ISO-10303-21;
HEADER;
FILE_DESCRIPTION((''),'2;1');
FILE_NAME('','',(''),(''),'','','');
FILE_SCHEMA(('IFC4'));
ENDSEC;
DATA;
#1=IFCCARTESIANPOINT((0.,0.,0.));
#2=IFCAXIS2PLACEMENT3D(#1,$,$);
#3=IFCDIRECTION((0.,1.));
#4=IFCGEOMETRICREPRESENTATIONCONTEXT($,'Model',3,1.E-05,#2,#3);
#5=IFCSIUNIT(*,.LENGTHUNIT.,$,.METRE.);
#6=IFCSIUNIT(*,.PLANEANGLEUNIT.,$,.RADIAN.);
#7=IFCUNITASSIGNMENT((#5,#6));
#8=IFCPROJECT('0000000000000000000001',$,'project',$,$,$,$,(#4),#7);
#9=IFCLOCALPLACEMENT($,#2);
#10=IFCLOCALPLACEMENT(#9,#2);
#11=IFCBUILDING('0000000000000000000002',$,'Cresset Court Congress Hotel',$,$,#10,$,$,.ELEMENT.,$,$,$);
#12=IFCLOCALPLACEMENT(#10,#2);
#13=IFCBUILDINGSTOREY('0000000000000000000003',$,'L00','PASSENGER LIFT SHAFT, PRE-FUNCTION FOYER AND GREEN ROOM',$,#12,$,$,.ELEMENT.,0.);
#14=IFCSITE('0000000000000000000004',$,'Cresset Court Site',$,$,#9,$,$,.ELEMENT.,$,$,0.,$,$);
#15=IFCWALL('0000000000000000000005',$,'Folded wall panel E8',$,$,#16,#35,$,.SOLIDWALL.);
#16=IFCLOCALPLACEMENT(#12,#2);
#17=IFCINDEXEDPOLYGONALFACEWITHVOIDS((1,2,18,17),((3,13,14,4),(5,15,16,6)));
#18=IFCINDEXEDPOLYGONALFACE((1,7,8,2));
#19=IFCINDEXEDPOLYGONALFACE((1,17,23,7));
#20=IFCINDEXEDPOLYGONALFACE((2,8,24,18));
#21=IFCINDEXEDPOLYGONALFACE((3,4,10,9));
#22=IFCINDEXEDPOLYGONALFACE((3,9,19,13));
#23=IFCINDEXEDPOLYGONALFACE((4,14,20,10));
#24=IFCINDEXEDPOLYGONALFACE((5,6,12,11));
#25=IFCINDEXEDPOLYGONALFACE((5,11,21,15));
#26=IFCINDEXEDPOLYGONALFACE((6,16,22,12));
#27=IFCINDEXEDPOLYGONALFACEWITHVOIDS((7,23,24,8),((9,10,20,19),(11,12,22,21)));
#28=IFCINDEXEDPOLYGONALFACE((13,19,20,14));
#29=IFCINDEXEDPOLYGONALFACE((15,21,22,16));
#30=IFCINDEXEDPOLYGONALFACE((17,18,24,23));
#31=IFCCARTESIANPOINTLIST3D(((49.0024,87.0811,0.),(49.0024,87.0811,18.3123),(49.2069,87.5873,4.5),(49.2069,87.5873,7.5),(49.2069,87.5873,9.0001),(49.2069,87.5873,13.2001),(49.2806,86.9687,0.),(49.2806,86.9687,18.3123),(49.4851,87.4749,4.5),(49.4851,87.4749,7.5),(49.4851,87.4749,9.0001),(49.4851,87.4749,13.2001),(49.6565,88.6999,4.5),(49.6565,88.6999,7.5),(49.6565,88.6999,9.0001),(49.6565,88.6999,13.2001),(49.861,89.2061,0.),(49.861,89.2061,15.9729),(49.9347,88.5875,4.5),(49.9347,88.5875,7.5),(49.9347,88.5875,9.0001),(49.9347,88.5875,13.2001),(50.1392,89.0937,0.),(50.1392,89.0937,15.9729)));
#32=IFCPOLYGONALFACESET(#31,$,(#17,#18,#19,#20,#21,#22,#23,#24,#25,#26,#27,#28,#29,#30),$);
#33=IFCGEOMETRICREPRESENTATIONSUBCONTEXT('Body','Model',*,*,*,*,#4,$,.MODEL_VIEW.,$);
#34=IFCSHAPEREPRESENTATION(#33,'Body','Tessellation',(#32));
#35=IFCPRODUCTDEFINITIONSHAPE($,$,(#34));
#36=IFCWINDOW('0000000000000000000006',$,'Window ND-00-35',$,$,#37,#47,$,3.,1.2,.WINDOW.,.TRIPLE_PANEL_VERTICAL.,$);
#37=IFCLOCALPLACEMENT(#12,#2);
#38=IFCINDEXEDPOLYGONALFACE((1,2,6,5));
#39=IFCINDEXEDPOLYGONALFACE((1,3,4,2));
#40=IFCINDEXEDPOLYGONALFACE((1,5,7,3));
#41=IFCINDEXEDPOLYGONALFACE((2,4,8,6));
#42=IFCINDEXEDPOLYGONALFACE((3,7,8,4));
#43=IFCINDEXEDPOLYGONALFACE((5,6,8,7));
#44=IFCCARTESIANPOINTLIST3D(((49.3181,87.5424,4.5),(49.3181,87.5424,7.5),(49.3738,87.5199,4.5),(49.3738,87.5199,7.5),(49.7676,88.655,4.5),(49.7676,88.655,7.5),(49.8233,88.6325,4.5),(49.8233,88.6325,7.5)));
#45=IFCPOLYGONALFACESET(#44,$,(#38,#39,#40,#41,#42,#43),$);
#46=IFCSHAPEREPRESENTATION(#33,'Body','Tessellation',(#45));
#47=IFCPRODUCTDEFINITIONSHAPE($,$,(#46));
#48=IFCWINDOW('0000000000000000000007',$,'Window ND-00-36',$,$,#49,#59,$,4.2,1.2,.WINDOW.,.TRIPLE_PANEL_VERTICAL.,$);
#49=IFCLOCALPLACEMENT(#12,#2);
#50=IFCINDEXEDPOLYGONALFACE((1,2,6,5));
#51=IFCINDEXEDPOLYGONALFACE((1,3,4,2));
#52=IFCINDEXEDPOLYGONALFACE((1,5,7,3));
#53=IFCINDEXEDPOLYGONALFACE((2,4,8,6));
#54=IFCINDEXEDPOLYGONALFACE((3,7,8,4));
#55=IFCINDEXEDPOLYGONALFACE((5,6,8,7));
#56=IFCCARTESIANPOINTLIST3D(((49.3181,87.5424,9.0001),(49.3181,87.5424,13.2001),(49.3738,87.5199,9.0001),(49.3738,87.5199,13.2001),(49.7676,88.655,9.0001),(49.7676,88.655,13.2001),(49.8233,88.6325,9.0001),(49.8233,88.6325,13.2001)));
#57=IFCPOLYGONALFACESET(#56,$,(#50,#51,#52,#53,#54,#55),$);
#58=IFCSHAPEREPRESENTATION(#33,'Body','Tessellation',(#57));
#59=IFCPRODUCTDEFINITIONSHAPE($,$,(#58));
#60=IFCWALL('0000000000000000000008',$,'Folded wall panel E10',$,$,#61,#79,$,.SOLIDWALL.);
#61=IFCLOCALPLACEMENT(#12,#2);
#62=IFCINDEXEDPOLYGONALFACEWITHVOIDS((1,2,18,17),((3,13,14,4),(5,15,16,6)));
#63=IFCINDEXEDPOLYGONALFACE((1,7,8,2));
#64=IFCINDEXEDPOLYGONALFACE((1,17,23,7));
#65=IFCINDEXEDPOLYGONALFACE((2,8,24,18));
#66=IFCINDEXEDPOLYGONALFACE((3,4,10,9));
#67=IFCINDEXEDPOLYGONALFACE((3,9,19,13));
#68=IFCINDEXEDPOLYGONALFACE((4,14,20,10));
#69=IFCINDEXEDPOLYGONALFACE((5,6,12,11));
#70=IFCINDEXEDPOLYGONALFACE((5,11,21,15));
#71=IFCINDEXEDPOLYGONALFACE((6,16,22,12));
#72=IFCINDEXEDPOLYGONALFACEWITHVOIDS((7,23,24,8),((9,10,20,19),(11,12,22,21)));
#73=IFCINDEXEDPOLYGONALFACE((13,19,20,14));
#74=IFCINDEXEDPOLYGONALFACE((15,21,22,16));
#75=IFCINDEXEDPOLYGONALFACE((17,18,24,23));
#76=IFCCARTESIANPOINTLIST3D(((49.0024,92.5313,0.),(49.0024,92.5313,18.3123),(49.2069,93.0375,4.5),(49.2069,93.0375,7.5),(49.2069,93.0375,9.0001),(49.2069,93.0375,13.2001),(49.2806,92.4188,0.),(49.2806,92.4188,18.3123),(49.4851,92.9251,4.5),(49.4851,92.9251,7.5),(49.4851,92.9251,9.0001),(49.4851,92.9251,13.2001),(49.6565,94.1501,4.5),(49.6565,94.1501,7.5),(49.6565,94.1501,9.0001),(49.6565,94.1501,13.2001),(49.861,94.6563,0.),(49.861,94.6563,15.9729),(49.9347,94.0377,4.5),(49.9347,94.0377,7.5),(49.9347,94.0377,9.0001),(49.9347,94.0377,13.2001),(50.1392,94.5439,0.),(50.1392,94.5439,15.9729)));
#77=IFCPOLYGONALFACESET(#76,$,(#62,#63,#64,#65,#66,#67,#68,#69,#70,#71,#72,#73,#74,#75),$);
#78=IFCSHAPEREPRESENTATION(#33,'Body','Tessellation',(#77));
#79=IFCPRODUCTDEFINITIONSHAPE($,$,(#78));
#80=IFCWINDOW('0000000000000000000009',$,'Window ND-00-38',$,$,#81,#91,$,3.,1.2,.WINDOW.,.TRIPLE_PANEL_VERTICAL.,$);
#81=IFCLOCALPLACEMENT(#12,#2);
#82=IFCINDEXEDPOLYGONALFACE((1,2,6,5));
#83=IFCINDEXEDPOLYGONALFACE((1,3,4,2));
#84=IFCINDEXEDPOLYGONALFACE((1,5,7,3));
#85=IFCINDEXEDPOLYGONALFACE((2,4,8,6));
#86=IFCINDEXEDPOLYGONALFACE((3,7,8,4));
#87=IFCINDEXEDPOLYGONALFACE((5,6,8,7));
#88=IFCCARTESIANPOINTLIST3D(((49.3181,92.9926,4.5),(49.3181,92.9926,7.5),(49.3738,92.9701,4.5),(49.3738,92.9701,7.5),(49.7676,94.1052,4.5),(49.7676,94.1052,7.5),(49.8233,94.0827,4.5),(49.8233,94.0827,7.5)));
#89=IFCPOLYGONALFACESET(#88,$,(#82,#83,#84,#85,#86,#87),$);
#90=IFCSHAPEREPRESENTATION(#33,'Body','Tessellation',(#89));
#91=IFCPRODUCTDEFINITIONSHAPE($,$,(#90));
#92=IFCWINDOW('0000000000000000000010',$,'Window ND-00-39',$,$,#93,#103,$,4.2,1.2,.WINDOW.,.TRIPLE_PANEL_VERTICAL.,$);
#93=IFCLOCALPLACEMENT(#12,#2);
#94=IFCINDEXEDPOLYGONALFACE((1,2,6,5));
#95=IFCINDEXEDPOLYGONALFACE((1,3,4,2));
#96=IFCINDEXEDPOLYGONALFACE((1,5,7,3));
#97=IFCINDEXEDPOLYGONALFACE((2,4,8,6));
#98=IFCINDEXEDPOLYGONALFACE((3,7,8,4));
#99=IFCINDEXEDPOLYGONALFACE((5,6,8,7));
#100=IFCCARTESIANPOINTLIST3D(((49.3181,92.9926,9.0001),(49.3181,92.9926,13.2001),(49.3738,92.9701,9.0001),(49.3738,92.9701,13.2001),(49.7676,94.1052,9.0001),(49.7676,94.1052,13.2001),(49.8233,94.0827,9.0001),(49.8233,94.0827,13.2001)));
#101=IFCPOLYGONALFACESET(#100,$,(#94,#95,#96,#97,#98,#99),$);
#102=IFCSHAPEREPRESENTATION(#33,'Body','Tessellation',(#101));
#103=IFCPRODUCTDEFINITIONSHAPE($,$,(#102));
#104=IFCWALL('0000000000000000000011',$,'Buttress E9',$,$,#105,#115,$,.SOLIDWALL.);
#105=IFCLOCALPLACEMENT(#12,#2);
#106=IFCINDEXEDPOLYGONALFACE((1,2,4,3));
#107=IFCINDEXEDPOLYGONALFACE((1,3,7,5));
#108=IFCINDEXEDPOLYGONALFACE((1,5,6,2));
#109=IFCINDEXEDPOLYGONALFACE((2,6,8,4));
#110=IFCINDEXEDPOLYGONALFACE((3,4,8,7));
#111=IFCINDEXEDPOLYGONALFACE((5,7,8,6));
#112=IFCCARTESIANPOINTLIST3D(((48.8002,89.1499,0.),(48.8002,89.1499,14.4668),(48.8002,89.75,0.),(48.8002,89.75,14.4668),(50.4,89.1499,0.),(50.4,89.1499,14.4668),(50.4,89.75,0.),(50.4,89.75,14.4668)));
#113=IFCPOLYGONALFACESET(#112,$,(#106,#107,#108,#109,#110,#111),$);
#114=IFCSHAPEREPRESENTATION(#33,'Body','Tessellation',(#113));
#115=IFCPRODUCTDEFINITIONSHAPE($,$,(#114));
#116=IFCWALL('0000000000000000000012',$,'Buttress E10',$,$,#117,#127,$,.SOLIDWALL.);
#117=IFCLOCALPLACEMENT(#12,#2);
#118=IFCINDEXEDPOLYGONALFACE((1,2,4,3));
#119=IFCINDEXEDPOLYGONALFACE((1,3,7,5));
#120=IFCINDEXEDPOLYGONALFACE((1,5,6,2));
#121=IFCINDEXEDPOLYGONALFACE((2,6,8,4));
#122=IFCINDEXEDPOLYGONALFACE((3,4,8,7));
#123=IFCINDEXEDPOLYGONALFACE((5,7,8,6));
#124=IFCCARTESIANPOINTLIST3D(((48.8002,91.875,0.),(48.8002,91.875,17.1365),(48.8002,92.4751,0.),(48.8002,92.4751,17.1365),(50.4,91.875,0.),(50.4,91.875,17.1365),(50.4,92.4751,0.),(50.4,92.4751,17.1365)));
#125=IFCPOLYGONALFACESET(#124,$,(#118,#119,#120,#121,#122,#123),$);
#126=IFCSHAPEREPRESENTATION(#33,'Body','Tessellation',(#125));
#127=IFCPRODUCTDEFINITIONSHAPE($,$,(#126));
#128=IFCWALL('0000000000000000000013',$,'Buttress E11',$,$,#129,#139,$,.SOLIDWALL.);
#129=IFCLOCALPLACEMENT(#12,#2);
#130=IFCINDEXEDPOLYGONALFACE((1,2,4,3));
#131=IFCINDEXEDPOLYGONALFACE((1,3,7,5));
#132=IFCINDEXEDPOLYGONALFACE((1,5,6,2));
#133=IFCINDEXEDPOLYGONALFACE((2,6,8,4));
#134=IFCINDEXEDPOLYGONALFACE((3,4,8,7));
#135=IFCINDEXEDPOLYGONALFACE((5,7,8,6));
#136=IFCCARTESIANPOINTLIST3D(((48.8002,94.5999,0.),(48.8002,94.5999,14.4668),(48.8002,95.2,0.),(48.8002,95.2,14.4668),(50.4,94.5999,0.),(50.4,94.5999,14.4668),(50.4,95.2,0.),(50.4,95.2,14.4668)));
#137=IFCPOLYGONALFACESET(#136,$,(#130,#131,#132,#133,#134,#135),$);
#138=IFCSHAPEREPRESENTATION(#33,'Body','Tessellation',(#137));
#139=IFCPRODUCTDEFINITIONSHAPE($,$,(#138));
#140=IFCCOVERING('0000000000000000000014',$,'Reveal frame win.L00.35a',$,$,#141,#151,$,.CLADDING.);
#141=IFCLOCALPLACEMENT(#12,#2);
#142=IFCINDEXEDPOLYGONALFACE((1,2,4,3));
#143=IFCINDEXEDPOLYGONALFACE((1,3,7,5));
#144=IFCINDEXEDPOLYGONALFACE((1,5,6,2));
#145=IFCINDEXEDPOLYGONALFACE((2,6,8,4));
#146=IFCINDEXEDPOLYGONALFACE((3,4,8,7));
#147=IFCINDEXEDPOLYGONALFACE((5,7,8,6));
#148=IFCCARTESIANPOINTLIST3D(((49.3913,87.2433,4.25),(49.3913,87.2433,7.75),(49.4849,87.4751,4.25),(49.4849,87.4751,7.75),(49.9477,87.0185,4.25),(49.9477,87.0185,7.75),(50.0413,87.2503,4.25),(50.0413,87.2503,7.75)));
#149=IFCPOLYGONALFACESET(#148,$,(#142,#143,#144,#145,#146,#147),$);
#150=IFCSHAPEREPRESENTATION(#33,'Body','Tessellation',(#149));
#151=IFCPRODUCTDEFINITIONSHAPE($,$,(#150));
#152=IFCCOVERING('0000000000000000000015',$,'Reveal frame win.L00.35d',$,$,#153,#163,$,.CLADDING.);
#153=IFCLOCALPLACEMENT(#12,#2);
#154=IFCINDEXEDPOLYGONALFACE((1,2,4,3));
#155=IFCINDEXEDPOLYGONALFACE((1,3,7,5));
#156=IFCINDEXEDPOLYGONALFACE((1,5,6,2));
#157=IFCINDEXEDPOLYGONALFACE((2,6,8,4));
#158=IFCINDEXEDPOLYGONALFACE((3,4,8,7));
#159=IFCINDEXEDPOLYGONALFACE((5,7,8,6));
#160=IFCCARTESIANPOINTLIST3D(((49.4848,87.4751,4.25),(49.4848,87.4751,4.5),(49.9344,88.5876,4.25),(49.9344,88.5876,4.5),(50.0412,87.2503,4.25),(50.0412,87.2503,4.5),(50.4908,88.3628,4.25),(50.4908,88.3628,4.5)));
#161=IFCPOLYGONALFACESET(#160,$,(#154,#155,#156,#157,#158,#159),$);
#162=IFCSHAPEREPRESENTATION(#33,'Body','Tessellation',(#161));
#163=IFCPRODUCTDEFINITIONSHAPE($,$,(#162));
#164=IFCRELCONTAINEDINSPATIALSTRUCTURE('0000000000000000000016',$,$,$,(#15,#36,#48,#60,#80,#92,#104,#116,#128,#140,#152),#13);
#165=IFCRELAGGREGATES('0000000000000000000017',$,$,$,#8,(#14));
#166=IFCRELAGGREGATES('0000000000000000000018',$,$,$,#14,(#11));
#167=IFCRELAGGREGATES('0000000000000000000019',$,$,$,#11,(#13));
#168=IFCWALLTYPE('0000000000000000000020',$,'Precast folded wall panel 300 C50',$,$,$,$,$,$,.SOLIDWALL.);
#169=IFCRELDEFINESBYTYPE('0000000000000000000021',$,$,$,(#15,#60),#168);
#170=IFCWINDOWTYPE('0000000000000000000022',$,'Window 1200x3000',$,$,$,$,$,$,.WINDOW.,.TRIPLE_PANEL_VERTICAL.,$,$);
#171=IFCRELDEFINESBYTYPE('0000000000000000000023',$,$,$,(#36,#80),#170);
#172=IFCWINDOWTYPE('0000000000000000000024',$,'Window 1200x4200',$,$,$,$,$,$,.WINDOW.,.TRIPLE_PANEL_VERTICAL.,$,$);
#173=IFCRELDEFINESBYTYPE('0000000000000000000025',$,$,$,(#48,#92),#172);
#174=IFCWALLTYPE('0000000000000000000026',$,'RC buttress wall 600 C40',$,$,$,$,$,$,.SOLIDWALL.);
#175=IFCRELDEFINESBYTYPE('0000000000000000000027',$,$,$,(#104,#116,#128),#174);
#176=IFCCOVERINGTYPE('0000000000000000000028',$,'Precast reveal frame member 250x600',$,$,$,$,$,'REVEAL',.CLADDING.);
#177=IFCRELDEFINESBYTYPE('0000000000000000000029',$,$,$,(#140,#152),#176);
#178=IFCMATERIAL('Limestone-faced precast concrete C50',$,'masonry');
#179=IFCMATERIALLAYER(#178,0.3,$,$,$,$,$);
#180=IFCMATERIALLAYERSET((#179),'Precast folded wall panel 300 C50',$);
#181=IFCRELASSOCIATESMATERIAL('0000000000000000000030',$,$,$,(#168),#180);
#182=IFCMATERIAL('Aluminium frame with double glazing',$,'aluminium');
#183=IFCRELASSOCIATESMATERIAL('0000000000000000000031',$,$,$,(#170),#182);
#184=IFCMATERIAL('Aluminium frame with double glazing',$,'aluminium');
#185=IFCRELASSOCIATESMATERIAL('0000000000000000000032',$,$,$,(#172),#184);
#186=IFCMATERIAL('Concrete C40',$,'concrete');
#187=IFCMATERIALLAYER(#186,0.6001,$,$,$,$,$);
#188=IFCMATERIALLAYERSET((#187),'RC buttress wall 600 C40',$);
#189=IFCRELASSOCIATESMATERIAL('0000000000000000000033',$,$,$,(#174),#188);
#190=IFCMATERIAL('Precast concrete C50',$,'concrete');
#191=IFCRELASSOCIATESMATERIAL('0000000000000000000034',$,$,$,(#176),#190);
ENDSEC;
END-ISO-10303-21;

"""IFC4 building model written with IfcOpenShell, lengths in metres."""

from ifc_helpers import new_model, si_unit, direction, frame, frame_2d, origin, origin_2d, place, context, subcontext, project, spatial, polyline, rectangle, outline, extrude, material, layer, layer_set, type_object, element, fill, save


model = new_model("IFC4")

# Units and contexts
model_context = context("Model", 3, precision=1e-05, world=origin(), true_north=direction((0.0, 1.0)))
body_context = subcontext(model_context, "Body", "Model", "MODEL_VIEW")
ifc_project = project(units=[si_unit("LENGTHUNIT", "METRE"), si_unit("PLANEANGLEUNIT", "RADIAN")], contexts=[model_context])

# Site, building, storey
site_placement = place(None, origin())
site = spatial("IfcSite", under=ifc_project, at=site_placement, Name="Cresset Court Site", CompositionType="ELEMENT", RefElevation=0.0)
building_placement = place(site_placement, origin())
building = spatial("IfcBuilding", under=site, at=building_placement, Name="Cresset Court Congress Hotel", CompositionType="ELEMENT")
storey_placement = place(building_placement, origin())
storey = spatial("IfcBuildingStorey", under=building, at=storey_placement, Name="L00", Description="PASSENGER LIFT SHAFT, PRE-FUNCTION FOYER AND GREEN ROOM", CompositionType="ELEMENT", Elevation=0.0)

# Wall, openings, windows
ifc_material_1 = material(Name="Limestone-faced precast concrete C50", Category="masonry")
ifc_layer_1 = layer(ifc_material_1, 0.3)
ifc_layer_set_1 = layer_set([ifc_layer_1], Name="Precast folded wall panel 300 C50")
wall_type_1 = type_object("IfcWallType", Name="Precast folded wall panel 300 C50", PredefinedType="SOLIDWALL", material=ifc_layer_set_1)
wall_1_placement = place(storey_placement, frame((49.1414, 87.0249, 0.0), z_axis=(0.0, 0.0, 1.0), x_axis=(0.374639, 0.927171, 0.0)))
wall_1 = element("IfcWall", 1, at=wall_1_placement, inside=storey, type_object=wall_type_1, Name="Folded wall panel E8", PredefinedType="SOLIDWALL", context=body_context, shape_type="SweptSolid", body=[
    extrude(outline(polyline([(0.0, 0.0), (2.292, 0.0), (2.292, 15.9729), (0.0, 18.3123), (0.0, 0.0)])), frame((0.0, 0.1499, 0.0), z_axis=(0.0, -1.0, 0.0), x_axis=(1.0, 0.0, 0.0)), (0.0, 0.0, 1.0), 0.3),
])
opening_1_placement = place(wall_1_placement, frame((0.5459, 0.0, 4.5)))
opening_1 = element("IfcOpeningElement", 2, at=opening_1_placement, cuts=wall_1, PredefinedType="OPENING", context=body_context, shape_type="SweptSolid", body=[
    extrude(rectangle(XDim=1.2, YDim=3.0, at=frame_2d((0.6001, 1.5))), frame((0.0, 0.1599, 0.0), z_axis=(0.0, -1.0, 0.0), x_axis=(1.0, 0.0, 0.0)), (0.0, 0.0, 1.0), 0.3201),
])
opening_2_placement = place(wall_1_placement, frame((0.5459, 0.0, 9.0)))
opening_2 = element("IfcOpeningElement", 3, at=opening_2_placement, cuts=wall_1, PredefinedType="OPENING", context=body_context, shape_type="SweptSolid", body=[
    extrude(rectangle(XDim=1.2, YDim=4.2, at=frame_2d((0.6001, 2.1001))), frame((0.0, 0.1599, 0.0), z_axis=(0.0, -1.0, 0.0), x_axis=(1.0, 0.0, 0.0)), (0.0, 0.0, 1.0), 0.3201),
])
ifc_material_2 = material(Name="Aluminium frame with double glazing", Category="aluminium")
window_type_1 = type_object("IfcWindowType", Name="Window 1200x3000", PartitioningType="TRIPLE_PANEL_VERTICAL", PredefinedType="WINDOW", material=ifc_material_2)
window_1_placement = place(opening_1_placement, origin())
window_1 = element("IfcWindow", 4, at=window_1_placement, inside=storey, type_object=window_type_1, Name="Window ND-00-35", OverallHeight=3.0, OverallWidth=1.2, PartitioningType="TRIPLE_PANEL_VERTICAL", PredefinedType="WINDOW", context=body_context, shape_type="SweptSolid", body=[
    extrude(rectangle(XDim=1.2, YDim=3.0, at=frame_2d((0.6001, 1.5))), frame((0.0, 0.03, 0.0), z_axis=(0.0, -1.0, 0.0), x_axis=(1.0, 0.0, 0.0)), (0.0, 0.0, 1.0), 0.0601),
])
fill(opening_1, window_1)
ifc_material_3 = material(Name="Aluminium frame with double glazing", Category="aluminium")
window_type_2 = type_object("IfcWindowType", Name="Window 1200x4200", PartitioningType="TRIPLE_PANEL_VERTICAL", PredefinedType="WINDOW", material=ifc_material_3)
window_2_placement = place(opening_2_placement, origin())
window_2 = element("IfcWindow", 5, at=window_2_placement, inside=storey, type_object=window_type_2, Name="Window ND-00-36", OverallHeight=4.2, OverallWidth=1.2, PartitioningType="TRIPLE_PANEL_VERTICAL", PredefinedType="WINDOW", context=body_context, shape_type="SweptSolid", body=[
    extrude(rectangle(XDim=1.2, YDim=4.2, at=frame_2d((0.6001, 2.1001))), frame((0.0, 0.03, 0.0), z_axis=(0.0, -1.0, 0.0), x_axis=(1.0, 0.0, 0.0)), (0.0, 0.0, 1.0), 0.0601),
])
fill(opening_2, window_2)

# Wall, openings, windows
wall_2_placement = place(storey_placement, frame((49.1414, 92.4751, 0.0), z_axis=(0.0, 0.0, 1.0), x_axis=(0.374639, 0.927171, 0.0)))
wall_2 = element("IfcWall", 6, at=wall_2_placement, inside=storey, type_object=wall_type_1, Name="Folded wall panel E10", PredefinedType="SOLIDWALL", context=body_context, shape_type="SweptSolid", body=[
    extrude(outline(polyline([(0.0, 0.0), (2.292, 0.0), (2.292, 15.9729), (0.0, 18.3123), (0.0, 0.0)])), frame((0.0, 0.1499, 0.0), z_axis=(0.0, -1.0, 0.0), x_axis=(1.0, 0.0, 0.0)), (0.0, 0.0, 1.0), 0.3),
])
opening_3_placement = place(wall_2_placement, frame((0.5459, 0.0, 4.5)))
opening_3 = element("IfcOpeningElement", 7, at=opening_3_placement, cuts=wall_2, PredefinedType="OPENING", context=body_context, shape_type="SweptSolid", body=[
    extrude(rectangle(XDim=1.2, YDim=3.0, at=frame_2d((0.6001, 1.5))), frame((0.0, 0.1599, 0.0), z_axis=(0.0, -1.0, 0.0), x_axis=(1.0, 0.0, 0.0)), (0.0, 0.0, 1.0), 0.3201),
])
opening_4_placement = place(wall_2_placement, frame((0.5459, 0.0, 9.0)))
opening_4 = element("IfcOpeningElement", 8, at=opening_4_placement, cuts=wall_2, PredefinedType="OPENING", context=body_context, shape_type="SweptSolid", body=[
    extrude(rectangle(XDim=1.2, YDim=4.2, at=frame_2d((0.6001, 2.1001))), frame((0.0, 0.1599, 0.0), z_axis=(0.0, -1.0, 0.0), x_axis=(1.0, 0.0, 0.0)), (0.0, 0.0, 1.0), 0.3201),
])
window_3_placement = place(opening_3_placement, origin())
window_3 = element("IfcWindow", 9, at=window_3_placement, inside=storey, type_object=window_type_1, Name="Window ND-00-38", OverallHeight=3.0, OverallWidth=1.2, PartitioningType="TRIPLE_PANEL_VERTICAL", PredefinedType="WINDOW", context=body_context, shape_type="SweptSolid", body=[
    extrude(rectangle(XDim=1.2, YDim=3.0, at=frame_2d((0.6001, 1.5))), frame((0.0, 0.03, 0.0), z_axis=(0.0, -1.0, 0.0), x_axis=(1.0, 0.0, 0.0)), (0.0, 0.0, 1.0), 0.0601),
])
fill(opening_3, window_3)
window_4_placement = place(opening_4_placement, origin())
window_4 = element("IfcWindow", 10, at=window_4_placement, inside=storey, type_object=window_type_2, Name="Window ND-00-39", OverallHeight=4.2, OverallWidth=1.2, PartitioningType="TRIPLE_PANEL_VERTICAL", PredefinedType="WINDOW", context=body_context, shape_type="SweptSolid", body=[
    extrude(rectangle(XDim=1.2, YDim=4.2, at=frame_2d((0.6001, 2.1001))), frame((0.0, 0.03, 0.0), z_axis=(0.0, -1.0, 0.0), x_axis=(1.0, 0.0, 0.0)), (0.0, 0.0, 1.0), 0.0601),
])
fill(opening_4, window_4)

# Walls
ifc_material_4 = material(Name="Concrete C40", Category="concrete")
ifc_layer_2 = layer(ifc_material_4, 0.6001)
ifc_layer_set_2 = layer_set([ifc_layer_2], Name="RC buttress wall 600 C40")
wall_type_2 = type_object("IfcWallType", Name="RC buttress wall 600 C40", PredefinedType="SOLIDWALL", material=ifc_layer_set_2)
wall_3_placement = place(storey_placement, frame((50.3999, 89.45, 0.0), z_axis=(0.0, 0.0, 1.0), x_axis=(-1.0, 0.0, 0.0)))
element("IfcWall", 11, at=wall_3_placement, inside=storey, type_object=wall_type_2, Name="Buttress E9", PredefinedType="SOLIDWALL", context=body_context, shape_type="SweptSolid", body=[
    extrude(rectangle(XDim=1.5999, YDim=0.6001, at=frame_2d((0.7998, 0.0))), origin(), (0.0, 0.0, 1.0), 14.4668),
])
wall_4_placement = place(storey_placement, frame((50.3999, 92.175, 0.0), z_axis=(0.0, 0.0, 1.0), x_axis=(-1.0, 0.0, 0.0)))
element("IfcWall", 12, at=wall_4_placement, inside=storey, type_object=wall_type_2, Name="Buttress E10", PredefinedType="SOLIDWALL", context=body_context, shape_type="SweptSolid", body=[
    extrude(rectangle(XDim=1.5999, YDim=0.6001, at=frame_2d((0.7998, 0.0))), origin(), (0.0, 0.0, 1.0), 17.1365),
])
wall_5_placement = place(storey_placement, frame((50.3999, 94.8999, 0.0), z_axis=(0.0, 0.0, 1.0), x_axis=(-1.0, 0.0, 0.0)))
element("IfcWall", 13, at=wall_5_placement, inside=storey, type_object=wall_type_2, Name="Buttress E11", PredefinedType="SOLIDWALL", context=body_context, shape_type="SweptSolid", body=[
    extrude(rectangle(XDim=1.5999, YDim=0.6001, at=frame_2d((0.7998, 0.0))), origin(), (0.0, 0.0, 1.0), 14.4668),
])

# Coverings
ifc_material_5 = material(Name="Precast concrete C50", Category="concrete")
covering_type = type_object("IfcCoveringType", Name="Precast reveal frame member 250x600", ElementType="REVEAL", PredefinedType="CLADDING", material=ifc_material_5)
covering_1_placement = place(storey_placement, frame((49.7163, 87.2468, 4.25), z_axis=(0.0, 0.0, 1.0), x_axis=(0.374623, 0.927177, 0.0)))
element("IfcCovering", 14, at=covering_1_placement, inside=storey, type_object=covering_type, Name="Reveal frame win.L00.35a", PredefinedType="CLADDING", context=body_context, shape_type="SweptSolid", body=[
    extrude(rectangle(XDim=0.25, YDim=0.6001, at=origin_2d()), origin(), (0.0, 0.0, 1.0), 3.5),
])
covering_2_placement = place(storey_placement, frame((49.9878, 87.9189, 4.25), z_axis=(0.0, 0.0, 1.0), x_axis=(0.374623, 0.927177, 0.0)))
element("IfcCovering", 15, at=covering_2_placement, inside=storey, type_object=covering_type, Name="Reveal frame win.L00.35d", PredefinedType="CLADDING", context=body_context, shape_type="SweptSolid", body=[
    extrude(rectangle(XDim=1.2, YDim=0.6001, at=origin_2d()), origin(), (0.0, 0.0, 1.0), 0.25),
])

save(model, "model.ifc")
